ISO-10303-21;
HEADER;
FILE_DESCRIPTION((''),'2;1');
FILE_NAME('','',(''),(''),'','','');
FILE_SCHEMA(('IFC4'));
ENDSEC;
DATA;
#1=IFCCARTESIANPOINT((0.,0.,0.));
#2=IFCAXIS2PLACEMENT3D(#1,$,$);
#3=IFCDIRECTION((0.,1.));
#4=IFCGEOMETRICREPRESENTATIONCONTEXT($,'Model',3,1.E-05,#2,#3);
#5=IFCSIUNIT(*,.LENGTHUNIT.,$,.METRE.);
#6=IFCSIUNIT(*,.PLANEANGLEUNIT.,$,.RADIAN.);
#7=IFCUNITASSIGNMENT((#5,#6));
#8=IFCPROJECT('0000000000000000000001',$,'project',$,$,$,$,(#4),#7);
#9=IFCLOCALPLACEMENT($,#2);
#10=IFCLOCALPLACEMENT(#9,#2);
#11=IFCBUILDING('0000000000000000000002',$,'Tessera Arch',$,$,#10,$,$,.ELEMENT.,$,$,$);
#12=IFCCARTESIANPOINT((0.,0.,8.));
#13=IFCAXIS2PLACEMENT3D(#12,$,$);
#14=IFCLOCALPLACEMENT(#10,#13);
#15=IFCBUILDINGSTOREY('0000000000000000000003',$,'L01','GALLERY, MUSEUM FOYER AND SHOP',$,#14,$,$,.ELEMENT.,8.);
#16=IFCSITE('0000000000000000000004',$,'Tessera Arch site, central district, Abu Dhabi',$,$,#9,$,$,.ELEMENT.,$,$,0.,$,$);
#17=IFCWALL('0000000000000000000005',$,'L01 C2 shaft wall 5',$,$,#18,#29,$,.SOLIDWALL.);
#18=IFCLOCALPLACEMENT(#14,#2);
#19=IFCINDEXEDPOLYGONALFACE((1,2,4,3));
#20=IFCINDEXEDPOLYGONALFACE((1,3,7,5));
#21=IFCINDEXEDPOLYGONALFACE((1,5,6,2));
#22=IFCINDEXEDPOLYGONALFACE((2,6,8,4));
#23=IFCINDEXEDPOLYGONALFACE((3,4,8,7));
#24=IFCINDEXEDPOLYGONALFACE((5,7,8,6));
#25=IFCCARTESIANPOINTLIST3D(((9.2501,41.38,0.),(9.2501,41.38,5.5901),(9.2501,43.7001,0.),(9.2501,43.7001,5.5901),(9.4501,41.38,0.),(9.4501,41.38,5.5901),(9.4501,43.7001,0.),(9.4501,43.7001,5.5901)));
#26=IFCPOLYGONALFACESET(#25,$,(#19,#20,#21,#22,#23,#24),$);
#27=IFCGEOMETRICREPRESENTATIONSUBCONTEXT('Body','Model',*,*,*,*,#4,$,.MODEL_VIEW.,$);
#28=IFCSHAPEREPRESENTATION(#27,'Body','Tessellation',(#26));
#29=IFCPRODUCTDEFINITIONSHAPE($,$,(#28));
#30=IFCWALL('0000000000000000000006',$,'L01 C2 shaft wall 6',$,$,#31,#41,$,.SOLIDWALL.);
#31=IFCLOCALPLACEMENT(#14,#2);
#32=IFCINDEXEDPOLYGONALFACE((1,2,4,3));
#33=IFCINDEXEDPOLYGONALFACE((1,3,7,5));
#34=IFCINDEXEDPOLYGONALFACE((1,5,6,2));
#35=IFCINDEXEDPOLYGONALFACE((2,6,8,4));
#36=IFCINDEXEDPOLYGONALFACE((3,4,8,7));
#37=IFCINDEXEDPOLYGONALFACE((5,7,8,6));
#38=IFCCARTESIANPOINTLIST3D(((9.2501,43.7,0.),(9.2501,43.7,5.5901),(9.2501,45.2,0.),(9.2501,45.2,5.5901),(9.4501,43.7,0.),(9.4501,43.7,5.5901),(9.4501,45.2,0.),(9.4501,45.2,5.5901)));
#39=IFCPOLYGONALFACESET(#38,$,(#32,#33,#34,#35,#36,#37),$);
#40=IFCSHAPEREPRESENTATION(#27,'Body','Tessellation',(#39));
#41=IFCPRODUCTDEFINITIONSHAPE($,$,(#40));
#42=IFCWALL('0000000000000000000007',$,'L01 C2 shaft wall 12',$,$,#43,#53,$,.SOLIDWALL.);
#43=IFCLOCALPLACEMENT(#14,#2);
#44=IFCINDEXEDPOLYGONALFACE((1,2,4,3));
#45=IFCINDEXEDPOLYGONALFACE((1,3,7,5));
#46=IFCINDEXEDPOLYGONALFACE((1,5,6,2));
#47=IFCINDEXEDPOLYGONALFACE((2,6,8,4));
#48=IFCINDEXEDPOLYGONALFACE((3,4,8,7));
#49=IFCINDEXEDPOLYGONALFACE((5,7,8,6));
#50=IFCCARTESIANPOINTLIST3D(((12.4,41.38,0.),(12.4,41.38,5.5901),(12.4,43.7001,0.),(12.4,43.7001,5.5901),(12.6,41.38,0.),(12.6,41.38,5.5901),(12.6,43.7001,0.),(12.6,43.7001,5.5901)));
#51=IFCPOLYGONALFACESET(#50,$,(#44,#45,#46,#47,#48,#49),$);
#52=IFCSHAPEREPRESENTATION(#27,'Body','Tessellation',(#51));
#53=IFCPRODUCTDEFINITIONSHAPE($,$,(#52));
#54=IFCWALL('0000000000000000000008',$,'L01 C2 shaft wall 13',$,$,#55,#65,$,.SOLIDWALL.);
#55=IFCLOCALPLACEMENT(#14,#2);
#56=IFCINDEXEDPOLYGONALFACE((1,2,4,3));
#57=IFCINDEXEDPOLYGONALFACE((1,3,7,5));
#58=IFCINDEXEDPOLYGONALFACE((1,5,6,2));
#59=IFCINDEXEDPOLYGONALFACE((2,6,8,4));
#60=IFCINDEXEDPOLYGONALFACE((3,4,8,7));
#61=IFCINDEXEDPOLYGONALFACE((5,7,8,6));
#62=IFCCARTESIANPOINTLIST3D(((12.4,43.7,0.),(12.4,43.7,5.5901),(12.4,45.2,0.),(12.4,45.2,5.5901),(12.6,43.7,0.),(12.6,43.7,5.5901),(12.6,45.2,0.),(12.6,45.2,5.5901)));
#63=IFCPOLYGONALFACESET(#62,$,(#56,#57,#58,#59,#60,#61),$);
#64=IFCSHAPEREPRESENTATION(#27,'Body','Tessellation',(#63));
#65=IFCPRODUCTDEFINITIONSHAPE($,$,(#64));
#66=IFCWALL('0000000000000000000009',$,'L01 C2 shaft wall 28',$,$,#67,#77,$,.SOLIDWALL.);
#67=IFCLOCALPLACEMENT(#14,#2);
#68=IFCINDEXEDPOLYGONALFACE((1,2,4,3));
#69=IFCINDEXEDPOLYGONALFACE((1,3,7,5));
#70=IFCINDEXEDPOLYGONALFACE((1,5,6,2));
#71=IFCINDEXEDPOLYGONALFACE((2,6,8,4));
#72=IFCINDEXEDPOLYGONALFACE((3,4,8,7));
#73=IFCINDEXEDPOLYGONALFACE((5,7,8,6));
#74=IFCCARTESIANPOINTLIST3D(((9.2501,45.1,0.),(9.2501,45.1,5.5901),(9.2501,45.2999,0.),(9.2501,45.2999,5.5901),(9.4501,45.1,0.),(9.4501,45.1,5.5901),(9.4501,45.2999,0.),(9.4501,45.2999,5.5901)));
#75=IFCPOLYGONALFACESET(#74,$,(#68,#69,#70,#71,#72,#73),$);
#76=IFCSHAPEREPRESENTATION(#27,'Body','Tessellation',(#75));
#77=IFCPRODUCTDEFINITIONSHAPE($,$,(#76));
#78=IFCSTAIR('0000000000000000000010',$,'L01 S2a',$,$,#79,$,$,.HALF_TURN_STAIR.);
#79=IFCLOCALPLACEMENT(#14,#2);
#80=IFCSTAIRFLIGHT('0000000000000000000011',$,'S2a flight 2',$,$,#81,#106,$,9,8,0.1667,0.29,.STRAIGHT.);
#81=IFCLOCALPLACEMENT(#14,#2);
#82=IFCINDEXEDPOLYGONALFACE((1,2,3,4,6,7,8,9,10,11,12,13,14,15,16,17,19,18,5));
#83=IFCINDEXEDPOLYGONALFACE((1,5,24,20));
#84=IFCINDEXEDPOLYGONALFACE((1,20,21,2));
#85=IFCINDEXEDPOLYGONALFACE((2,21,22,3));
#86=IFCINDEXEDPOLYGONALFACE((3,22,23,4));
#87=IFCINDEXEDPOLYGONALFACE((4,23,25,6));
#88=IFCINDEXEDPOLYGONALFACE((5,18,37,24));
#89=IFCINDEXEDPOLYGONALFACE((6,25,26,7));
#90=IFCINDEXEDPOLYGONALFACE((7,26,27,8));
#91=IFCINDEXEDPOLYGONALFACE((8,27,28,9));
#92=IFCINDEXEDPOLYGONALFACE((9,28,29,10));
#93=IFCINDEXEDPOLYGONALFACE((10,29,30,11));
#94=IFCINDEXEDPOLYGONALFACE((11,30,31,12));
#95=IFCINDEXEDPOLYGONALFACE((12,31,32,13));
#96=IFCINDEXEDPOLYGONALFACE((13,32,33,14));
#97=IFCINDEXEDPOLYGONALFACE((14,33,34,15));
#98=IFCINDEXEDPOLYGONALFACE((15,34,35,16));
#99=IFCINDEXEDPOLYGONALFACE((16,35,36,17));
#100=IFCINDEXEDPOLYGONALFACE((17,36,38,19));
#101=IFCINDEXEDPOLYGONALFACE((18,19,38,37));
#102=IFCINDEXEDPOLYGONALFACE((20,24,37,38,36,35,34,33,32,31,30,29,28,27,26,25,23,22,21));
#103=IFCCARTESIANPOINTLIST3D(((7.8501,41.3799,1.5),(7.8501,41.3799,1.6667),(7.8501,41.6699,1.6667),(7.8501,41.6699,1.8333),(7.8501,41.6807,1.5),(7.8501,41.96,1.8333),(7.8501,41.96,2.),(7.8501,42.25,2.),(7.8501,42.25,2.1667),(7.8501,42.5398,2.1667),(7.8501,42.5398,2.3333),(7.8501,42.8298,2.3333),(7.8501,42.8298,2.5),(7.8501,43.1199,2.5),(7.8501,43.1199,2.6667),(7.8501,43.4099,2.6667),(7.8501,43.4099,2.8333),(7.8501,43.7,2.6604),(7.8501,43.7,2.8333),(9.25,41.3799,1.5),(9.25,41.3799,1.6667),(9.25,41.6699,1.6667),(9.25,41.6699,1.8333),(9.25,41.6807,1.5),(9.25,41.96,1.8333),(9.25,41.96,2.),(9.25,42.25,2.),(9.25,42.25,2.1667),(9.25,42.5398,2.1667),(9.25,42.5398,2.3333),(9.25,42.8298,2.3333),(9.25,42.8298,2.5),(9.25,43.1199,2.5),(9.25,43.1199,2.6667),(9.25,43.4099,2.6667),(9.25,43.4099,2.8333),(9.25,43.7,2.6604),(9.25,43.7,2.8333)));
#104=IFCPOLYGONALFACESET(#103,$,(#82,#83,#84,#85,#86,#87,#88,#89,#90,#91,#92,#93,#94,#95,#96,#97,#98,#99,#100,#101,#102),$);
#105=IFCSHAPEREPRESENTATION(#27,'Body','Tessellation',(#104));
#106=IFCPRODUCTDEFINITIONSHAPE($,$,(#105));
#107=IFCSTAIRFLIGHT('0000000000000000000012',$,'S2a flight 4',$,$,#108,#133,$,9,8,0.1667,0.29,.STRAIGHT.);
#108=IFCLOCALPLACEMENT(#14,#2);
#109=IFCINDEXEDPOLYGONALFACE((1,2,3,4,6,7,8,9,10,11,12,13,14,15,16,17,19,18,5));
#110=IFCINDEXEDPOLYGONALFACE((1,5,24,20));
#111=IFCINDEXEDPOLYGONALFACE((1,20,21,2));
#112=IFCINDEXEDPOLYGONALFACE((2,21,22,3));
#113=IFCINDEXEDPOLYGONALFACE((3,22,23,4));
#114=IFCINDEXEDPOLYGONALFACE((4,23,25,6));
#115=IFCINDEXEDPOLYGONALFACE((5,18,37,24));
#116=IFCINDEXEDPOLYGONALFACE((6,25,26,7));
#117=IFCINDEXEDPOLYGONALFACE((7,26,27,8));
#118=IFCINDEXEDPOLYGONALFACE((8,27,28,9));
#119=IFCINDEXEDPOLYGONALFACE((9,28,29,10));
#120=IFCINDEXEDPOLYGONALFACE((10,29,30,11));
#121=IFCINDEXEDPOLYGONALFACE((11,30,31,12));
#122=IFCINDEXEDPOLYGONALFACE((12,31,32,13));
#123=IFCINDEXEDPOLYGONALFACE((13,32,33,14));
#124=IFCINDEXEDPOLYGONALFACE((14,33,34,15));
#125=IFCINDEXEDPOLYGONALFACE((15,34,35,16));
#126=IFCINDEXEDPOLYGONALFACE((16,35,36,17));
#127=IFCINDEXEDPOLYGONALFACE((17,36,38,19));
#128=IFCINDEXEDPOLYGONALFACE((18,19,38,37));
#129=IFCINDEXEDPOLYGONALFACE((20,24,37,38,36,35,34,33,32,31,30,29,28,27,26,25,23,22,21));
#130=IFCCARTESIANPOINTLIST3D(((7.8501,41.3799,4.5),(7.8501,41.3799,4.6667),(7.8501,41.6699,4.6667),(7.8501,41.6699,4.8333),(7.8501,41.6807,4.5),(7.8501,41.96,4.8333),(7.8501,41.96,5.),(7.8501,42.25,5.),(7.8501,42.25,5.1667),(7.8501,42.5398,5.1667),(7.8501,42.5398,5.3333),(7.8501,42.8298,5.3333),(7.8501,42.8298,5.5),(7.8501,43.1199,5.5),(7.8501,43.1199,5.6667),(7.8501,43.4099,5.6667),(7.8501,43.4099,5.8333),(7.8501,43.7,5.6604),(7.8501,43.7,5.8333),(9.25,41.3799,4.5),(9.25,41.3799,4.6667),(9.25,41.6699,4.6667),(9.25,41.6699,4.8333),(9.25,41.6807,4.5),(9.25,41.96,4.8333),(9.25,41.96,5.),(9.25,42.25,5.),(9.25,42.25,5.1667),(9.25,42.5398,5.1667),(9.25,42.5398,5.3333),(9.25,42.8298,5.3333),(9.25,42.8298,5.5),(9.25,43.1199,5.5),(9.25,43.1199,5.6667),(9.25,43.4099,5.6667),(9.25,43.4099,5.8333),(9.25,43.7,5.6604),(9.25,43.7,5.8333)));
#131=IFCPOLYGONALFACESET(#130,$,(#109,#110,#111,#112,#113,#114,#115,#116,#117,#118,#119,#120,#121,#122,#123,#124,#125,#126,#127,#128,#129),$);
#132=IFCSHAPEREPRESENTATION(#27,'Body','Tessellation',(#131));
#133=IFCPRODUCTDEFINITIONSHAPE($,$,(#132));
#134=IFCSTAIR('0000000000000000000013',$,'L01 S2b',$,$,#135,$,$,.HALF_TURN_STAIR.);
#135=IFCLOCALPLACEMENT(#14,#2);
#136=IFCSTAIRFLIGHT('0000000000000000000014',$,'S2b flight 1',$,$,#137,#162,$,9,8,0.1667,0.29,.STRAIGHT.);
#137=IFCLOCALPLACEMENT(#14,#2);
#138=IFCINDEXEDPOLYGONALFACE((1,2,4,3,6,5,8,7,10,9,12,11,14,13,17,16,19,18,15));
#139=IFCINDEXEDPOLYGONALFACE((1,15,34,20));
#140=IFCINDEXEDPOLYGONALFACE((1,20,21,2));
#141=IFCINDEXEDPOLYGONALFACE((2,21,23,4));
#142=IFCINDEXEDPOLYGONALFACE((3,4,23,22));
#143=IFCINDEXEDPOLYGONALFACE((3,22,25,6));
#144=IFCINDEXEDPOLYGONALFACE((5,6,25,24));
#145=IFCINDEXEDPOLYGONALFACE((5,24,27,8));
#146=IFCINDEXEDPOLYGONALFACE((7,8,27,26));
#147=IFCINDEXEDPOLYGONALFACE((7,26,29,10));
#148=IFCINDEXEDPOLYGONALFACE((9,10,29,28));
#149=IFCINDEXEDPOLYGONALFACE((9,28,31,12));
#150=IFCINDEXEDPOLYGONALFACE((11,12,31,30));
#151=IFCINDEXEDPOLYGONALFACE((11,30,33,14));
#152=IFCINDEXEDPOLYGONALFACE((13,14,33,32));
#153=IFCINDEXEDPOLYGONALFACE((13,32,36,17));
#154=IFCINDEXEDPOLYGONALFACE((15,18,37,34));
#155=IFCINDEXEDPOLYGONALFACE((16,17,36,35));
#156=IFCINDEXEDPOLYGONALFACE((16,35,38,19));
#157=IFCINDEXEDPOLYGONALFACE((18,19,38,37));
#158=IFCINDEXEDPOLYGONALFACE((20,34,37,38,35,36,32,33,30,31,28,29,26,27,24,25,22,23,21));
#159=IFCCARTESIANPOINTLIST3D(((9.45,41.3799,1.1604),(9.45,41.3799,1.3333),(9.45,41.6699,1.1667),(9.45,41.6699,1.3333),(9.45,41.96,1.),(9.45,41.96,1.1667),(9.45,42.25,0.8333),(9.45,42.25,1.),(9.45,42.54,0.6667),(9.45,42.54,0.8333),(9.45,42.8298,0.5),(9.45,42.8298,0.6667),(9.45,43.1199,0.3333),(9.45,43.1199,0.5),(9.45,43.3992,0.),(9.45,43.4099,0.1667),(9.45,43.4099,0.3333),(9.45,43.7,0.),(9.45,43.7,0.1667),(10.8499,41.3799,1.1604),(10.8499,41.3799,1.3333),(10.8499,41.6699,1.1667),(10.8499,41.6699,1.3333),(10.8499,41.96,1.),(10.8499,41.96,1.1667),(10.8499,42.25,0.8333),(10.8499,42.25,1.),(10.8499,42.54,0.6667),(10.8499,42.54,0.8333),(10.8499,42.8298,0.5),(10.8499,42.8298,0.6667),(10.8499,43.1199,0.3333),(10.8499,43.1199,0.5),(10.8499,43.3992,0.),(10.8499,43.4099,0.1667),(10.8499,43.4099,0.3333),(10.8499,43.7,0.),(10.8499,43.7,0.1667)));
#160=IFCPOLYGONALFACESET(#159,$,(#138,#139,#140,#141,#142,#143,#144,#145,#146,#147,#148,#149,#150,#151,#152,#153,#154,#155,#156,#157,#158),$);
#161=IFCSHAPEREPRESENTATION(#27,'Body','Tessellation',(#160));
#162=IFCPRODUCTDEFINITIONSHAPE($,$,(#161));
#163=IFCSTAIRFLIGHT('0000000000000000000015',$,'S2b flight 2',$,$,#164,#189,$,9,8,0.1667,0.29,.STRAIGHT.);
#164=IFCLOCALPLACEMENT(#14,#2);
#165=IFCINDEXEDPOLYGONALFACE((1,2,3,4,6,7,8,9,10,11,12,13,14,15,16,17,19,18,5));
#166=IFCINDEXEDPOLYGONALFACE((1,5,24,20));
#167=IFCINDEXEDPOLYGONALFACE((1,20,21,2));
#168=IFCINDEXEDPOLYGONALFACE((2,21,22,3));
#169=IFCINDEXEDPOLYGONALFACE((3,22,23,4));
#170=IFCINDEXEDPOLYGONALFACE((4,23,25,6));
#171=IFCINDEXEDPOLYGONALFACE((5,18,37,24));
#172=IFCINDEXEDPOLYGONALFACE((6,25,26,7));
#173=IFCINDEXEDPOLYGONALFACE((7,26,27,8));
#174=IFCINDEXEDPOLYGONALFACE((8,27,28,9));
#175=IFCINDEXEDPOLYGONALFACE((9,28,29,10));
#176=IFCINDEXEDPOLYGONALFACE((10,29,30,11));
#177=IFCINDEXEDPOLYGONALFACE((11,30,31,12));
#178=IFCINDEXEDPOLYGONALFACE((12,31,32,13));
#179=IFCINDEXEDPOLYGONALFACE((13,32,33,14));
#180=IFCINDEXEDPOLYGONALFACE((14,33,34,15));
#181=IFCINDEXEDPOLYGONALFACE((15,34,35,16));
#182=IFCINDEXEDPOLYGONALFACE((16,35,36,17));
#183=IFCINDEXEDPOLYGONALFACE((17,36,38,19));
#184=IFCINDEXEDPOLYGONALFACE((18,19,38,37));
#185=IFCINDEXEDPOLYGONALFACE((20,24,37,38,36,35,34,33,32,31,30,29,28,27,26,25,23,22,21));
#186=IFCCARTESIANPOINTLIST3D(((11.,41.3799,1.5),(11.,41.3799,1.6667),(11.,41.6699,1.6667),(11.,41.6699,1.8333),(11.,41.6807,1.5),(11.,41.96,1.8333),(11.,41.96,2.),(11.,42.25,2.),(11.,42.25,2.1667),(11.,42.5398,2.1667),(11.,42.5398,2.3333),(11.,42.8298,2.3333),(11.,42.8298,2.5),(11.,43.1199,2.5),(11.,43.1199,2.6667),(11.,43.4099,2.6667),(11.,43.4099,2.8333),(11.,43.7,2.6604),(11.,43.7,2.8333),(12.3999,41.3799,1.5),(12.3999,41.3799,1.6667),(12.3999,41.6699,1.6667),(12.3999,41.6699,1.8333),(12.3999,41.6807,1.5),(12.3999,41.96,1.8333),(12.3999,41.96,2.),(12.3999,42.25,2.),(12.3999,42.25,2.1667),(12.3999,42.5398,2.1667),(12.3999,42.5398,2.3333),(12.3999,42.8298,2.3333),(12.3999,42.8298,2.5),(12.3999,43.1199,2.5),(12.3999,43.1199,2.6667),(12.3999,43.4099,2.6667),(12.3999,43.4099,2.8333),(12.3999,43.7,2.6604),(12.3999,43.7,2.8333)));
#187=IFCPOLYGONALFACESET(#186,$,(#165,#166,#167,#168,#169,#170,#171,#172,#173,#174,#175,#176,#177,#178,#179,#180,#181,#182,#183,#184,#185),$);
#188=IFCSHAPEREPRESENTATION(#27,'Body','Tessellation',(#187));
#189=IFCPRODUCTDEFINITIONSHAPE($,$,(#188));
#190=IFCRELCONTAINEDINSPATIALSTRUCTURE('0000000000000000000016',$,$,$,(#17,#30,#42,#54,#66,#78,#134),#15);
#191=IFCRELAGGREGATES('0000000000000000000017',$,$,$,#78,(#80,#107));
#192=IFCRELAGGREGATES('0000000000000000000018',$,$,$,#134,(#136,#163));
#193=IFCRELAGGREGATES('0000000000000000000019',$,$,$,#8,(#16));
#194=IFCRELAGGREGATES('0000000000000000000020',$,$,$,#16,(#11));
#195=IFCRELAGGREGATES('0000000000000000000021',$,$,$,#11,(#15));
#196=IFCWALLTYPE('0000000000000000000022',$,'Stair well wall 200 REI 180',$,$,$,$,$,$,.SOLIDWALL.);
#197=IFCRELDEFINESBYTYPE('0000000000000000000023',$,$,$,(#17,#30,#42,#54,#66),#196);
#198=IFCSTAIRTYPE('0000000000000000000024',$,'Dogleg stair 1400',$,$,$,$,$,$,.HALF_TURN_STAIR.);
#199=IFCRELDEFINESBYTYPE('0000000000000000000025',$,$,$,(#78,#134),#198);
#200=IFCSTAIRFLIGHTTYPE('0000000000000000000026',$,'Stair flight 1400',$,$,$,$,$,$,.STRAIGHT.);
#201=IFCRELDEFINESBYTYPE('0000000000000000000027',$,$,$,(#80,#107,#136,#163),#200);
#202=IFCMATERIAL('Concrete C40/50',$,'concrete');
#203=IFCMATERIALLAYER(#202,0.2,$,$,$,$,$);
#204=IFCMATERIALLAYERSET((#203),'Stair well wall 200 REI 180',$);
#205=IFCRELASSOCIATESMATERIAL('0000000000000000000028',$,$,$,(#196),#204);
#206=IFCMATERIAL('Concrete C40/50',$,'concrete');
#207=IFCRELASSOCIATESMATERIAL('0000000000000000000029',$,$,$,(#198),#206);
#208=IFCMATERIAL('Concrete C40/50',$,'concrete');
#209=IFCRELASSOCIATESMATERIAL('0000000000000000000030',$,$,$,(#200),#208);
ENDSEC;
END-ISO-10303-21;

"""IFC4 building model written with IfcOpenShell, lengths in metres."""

from ifc_helpers import new_model, si_unit, direction, frame, frame_2d, origin, place, context, subcontext, project, spatial, polyline, rectangle, outline, extrude, material, layer, layer_set, type_object, element, aggregate, save


model = new_model("IFC4")

# Units and contexts
model_context = context("Model", 3, precision=1e-05, world=origin(), true_north=direction((0.0, 1.0)))
body_context = subcontext(model_context, "Body", "Model", "MODEL_VIEW")
ifc_project = project(units=[si_unit("LENGTHUNIT", "METRE"), si_unit("PLANEANGLEUNIT", "RADIAN")], contexts=[model_context])

# Site, building, storey
site_placement = place(None, origin())
site = spatial("IfcSite", under=ifc_project, at=site_placement, Name="Tessera Arch site, central district, Abu Dhabi", CompositionType="ELEMENT", RefElevation=0.0)
building_placement = place(site_placement, origin())
building = spatial("IfcBuilding", under=site, at=building_placement, Name="Tessera Arch", CompositionType="ELEMENT")
storey_placement = place(building_placement, frame((0.0, 0.0, 8.0)))
storey = spatial("IfcBuildingStorey", under=building, at=storey_placement, Name="L01", Description="GALLERY, MUSEUM FOYER AND SHOP", CompositionType="ELEMENT", Elevation=8.0)

# Walls
ifc_material_1 = material(Name="Concrete C40/50", Category="concrete")
ifc_layer_1 = layer(ifc_material_1, 0.2)
ifc_layer_set_1 = layer_set([ifc_layer_1], Name="Stair well wall 200 REI 180")
wall_type = type_object("IfcWallType", Name="Stair well wall 200 REI 180", PredefinedType="SOLIDWALL", material=ifc_layer_set_1)
wall_1_placement = place(storey_placement, frame((9.3501, 41.3799, 0.0), z_axis=(0.0, 0.0, 1.0), x_axis=(0.0, 1.0, 0.0)))
element("IfcWall", 1, at=wall_1_placement, inside=storey, type_object=wall_type, Name="L01 C2 shaft wall 5", PredefinedType="SOLIDWALL", context=body_context, shape_type="SweptSolid", body=[
    extrude(rectangle(XDim=2.3201, YDim=0.2, at=frame_2d((1.1602, 0.0))), origin(), (0.0, 0.0, 1.0), 5.5901),
])
wall_2_placement = place(storey_placement, frame((9.3501, 43.7, 0.0), z_axis=(0.0, 0.0, 1.0), x_axis=(0.0, 1.0, 0.0)))
element("IfcWall", 2, at=wall_2_placement, inside=storey, type_object=wall_type, Name="L01 C2 shaft wall 6", PredefinedType="SOLIDWALL", context=body_context, shape_type="SweptSolid", body=[
    extrude(rectangle(XDim=1.5, YDim=0.2, at=frame_2d((0.75, 0.0))), origin(), (0.0, 0.0, 1.0), 5.5901),
])
wall_3_placement = place(storey_placement, frame((12.5, 41.3799, 0.0), z_axis=(0.0, 0.0, 1.0), x_axis=(0.0, 1.0, 0.0)))
element("IfcWall", 3, at=wall_3_placement, inside=storey, type_object=wall_type, Name="L01 C2 shaft wall 12", PredefinedType="SOLIDWALL", context=body_context, shape_type="SweptSolid", body=[
    extrude(rectangle(XDim=2.3201, YDim=0.2, at=frame_2d((1.1602, 0.0))), origin(), (0.0, 0.0, 1.0), 5.5901),
])
wall_4_placement = place(storey_placement, frame((12.5, 43.7, 0.0), z_axis=(0.0, 0.0, 1.0), x_axis=(0.0, 1.0, 0.0)))
element("IfcWall", 4, at=wall_4_placement, inside=storey, type_object=wall_type, Name="L01 C2 shaft wall 13", PredefinedType="SOLIDWALL", context=body_context, shape_type="SweptSolid", body=[
    extrude(rectangle(XDim=1.5, YDim=0.2, at=frame_2d((0.75, 0.0))), origin(), (0.0, 0.0, 1.0), 5.5901),
])
wall_5_placement = place(storey_placement, frame((9.25, 45.2, 0.0), z_axis=(0.0, 0.0, 1.0), x_axis=(1.0, 0.0, 0.0)))
element("IfcWall", 5, at=wall_5_placement, inside=storey, type_object=wall_type, Name="L01 C2 shaft wall 28", PredefinedType="SOLIDWALL", context=body_context, shape_type="SweptSolid", body=[
    extrude(rectangle(XDim=0.2, YDim=0.2, at=frame_2d((0.1001, 0.0))), origin(), (0.0, 0.0, 1.0), 5.5901),
])

# Stairs, stair flights
ifc_material_2 = material(Name="Concrete C40/50", Category="concrete")
stair_type = type_object("IfcStairType", Name="Dogleg stair 1400", PredefinedType="HALF_TURN_STAIR", material=ifc_material_2)
stair_1_placement = place(storey_placement, origin())
stair_1 = element("IfcStair", 6, at=stair_1_placement, inside=storey, type_object=stair_type, Name="L01 S2a", PredefinedType="HALF_TURN_STAIR")
ifc_material_3 = material(Name="Concrete C40/50", Category="concrete")
stair_flight_type = type_object("IfcStairFlightType", Name="Stair flight 1400", PredefinedType="STRAIGHT", material=ifc_material_3)
stair_flight_1_placement = place(storey_placement, frame((8.55, 41.3799, 1.5), z_axis=(0.0, 0.0, 1.0), x_axis=(0.0, 1.0, 0.0)))
stair_flight_1 = element("IfcStairFlight", 7, at=stair_flight_1_placement, type_object=stair_flight_type, Name="S2a flight 2", NumberOfRisers=9, NumberOfTreads=8, PredefinedType="STRAIGHT", RiserHeight=0.1667, TreadLength=0.29, context=body_context, shape_type="SweptSolid", body=[
    extrude(outline(polyline([(0.0, 0.0), (0.0, 0.1667), (0.29, 0.1667), (0.29, 0.3333), (0.5801, 0.3333), (0.5801, 0.5), (0.8701, 0.5), (0.8701, 0.6667), (1.1599, 0.6667), (1.1599, 0.8333), (1.45, 0.8333), (1.45, 1.0), (1.74, 1.0), (1.74, 1.1667), (2.03, 1.1667), (2.03, 1.3333), (2.3201, 1.3333), (2.3201, 1.5), (2.3201, 1.1604), (0.3008, 0.0), (0.0, 0.0)])), frame((0.0, 0.7, 0.0), z_axis=(0.0, -1.0, 0.0), x_axis=(1.0, 0.0, 0.0)), (0.0, 0.0, 1.0), 1.3999),
])
stair_flight_2_placement = place(storey_placement, frame((8.55, 41.3799, 4.5), z_axis=(0.0, 0.0, 1.0), x_axis=(0.0, 1.0, 0.0)))
stair_flight_2 = element("IfcStairFlight", 8, at=stair_flight_2_placement, type_object=stair_flight_type, Name="S2a flight 4", NumberOfRisers=9, NumberOfTreads=8, PredefinedType="STRAIGHT", RiserHeight=0.1667, TreadLength=0.29, context=body_context, shape_type="SweptSolid", body=[
    extrude(outline(polyline([(0.0, 0.0), (0.0, 0.1667), (0.29, 0.1667), (0.29, 0.3333), (0.5801, 0.3333), (0.5801, 0.5), (0.8701, 0.5), (0.8701, 0.6667), (1.1599, 0.6667), (1.1599, 0.8333), (1.45, 0.8333), (1.45, 1.0), (1.74, 1.0), (1.74, 1.1667), (2.03, 1.1667), (2.03, 1.3333), (2.3201, 1.3333), (2.3201, 1.5), (2.3201, 1.1604), (0.3008, 0.0), (0.0, 0.0)])), frame((0.0, 0.7, 0.0), z_axis=(0.0, -1.0, 0.0), x_axis=(1.0, 0.0, 0.0)), (0.0, 0.0, 1.0), 1.3999),
])
aggregate(stair_1, [stair_flight_1, stair_flight_2])
stair_2_placement = place(storey_placement, origin())
stair_2 = element("IfcStair", 9, at=stair_2_placement, inside=storey, type_object=stair_type, Name="L01 S2b", PredefinedType="HALF_TURN_STAIR")
stair_flight_3_placement = place(storey_placement, frame((10.1499, 43.7, 0.0), z_axis=(0.0, 0.0, 1.0), x_axis=(0.0, -1.0, 0.0)))
stair_flight_3 = element("IfcStairFlight", 10, at=stair_flight_3_placement, type_object=stair_flight_type, Name="S2b flight 1", NumberOfRisers=9, NumberOfTreads=8, PredefinedType="STRAIGHT", RiserHeight=0.1667, TreadLength=0.29, context=body_context, shape_type="SweptSolid", body=[
    extrude(outline(polyline([(0.0, 0.0), (0.0, 0.1667), (0.29, 0.1667), (0.29, 0.3333), (0.5801, 0.3333), (0.5801, 0.5), (0.8701, 0.5), (0.8701, 0.6667), (1.1599, 0.6667), (1.1599, 0.8333), (1.45, 0.8333), (1.45, 1.0), (1.74, 1.0), (1.74, 1.1667), (2.03, 1.1667), (2.03, 1.3333), (2.3201, 1.3333), (2.3201, 1.5), (2.3201, 1.1604), (0.3008, 0.0), (0.0, 0.0)])), frame((0.0, 0.7, 0.0), z_axis=(0.0, -1.0, 0.0), x_axis=(1.0, 0.0, 0.0)), (0.0, 0.0, 1.0), 1.3999),
])
stair_flight_4_placement = place(storey_placement, frame((11.7, 41.3799, 1.5), z_axis=(0.0, 0.0, 1.0), x_axis=(0.0, 1.0, 0.0)))
stair_flight_4 = element("IfcStairFlight", 11, at=stair_flight_4_placement, type_object=stair_flight_type, Name="S2b flight 2", NumberOfRisers=9, NumberOfTreads=8, PredefinedType="STRAIGHT", RiserHeight=0.1667, TreadLength=0.29, context=body_context, shape_type="SweptSolid", body=[
    extrude(outline(polyline([(0.0, 0.0), (0.0, 0.1667), (0.29, 0.1667), (0.29, 0.3333), (0.5801, 0.3333), (0.5801, 0.5), (0.8701, 0.5), (0.8701, 0.6667), (1.1599, 0.6667), (1.1599, 0.8333), (1.45, 0.8333), (1.45, 1.0), (1.74, 1.0), (1.74, 1.1667), (2.03, 1.1667), (2.03, 1.3333), (2.3201, 1.3333), (2.3201, 1.5), (2.3201, 1.1604), (0.3008, 0.0), (0.0, 0.0)])), frame((0.0, 0.7, 0.0), z_axis=(0.0, -1.0, 0.0), x_axis=(1.0, 0.0, 0.0)), (0.0, 0.0, 1.0), 1.3999),
])
aggregate(stair_2, [stair_flight_3, stair_flight_4])

save(model, "model.ifc")
